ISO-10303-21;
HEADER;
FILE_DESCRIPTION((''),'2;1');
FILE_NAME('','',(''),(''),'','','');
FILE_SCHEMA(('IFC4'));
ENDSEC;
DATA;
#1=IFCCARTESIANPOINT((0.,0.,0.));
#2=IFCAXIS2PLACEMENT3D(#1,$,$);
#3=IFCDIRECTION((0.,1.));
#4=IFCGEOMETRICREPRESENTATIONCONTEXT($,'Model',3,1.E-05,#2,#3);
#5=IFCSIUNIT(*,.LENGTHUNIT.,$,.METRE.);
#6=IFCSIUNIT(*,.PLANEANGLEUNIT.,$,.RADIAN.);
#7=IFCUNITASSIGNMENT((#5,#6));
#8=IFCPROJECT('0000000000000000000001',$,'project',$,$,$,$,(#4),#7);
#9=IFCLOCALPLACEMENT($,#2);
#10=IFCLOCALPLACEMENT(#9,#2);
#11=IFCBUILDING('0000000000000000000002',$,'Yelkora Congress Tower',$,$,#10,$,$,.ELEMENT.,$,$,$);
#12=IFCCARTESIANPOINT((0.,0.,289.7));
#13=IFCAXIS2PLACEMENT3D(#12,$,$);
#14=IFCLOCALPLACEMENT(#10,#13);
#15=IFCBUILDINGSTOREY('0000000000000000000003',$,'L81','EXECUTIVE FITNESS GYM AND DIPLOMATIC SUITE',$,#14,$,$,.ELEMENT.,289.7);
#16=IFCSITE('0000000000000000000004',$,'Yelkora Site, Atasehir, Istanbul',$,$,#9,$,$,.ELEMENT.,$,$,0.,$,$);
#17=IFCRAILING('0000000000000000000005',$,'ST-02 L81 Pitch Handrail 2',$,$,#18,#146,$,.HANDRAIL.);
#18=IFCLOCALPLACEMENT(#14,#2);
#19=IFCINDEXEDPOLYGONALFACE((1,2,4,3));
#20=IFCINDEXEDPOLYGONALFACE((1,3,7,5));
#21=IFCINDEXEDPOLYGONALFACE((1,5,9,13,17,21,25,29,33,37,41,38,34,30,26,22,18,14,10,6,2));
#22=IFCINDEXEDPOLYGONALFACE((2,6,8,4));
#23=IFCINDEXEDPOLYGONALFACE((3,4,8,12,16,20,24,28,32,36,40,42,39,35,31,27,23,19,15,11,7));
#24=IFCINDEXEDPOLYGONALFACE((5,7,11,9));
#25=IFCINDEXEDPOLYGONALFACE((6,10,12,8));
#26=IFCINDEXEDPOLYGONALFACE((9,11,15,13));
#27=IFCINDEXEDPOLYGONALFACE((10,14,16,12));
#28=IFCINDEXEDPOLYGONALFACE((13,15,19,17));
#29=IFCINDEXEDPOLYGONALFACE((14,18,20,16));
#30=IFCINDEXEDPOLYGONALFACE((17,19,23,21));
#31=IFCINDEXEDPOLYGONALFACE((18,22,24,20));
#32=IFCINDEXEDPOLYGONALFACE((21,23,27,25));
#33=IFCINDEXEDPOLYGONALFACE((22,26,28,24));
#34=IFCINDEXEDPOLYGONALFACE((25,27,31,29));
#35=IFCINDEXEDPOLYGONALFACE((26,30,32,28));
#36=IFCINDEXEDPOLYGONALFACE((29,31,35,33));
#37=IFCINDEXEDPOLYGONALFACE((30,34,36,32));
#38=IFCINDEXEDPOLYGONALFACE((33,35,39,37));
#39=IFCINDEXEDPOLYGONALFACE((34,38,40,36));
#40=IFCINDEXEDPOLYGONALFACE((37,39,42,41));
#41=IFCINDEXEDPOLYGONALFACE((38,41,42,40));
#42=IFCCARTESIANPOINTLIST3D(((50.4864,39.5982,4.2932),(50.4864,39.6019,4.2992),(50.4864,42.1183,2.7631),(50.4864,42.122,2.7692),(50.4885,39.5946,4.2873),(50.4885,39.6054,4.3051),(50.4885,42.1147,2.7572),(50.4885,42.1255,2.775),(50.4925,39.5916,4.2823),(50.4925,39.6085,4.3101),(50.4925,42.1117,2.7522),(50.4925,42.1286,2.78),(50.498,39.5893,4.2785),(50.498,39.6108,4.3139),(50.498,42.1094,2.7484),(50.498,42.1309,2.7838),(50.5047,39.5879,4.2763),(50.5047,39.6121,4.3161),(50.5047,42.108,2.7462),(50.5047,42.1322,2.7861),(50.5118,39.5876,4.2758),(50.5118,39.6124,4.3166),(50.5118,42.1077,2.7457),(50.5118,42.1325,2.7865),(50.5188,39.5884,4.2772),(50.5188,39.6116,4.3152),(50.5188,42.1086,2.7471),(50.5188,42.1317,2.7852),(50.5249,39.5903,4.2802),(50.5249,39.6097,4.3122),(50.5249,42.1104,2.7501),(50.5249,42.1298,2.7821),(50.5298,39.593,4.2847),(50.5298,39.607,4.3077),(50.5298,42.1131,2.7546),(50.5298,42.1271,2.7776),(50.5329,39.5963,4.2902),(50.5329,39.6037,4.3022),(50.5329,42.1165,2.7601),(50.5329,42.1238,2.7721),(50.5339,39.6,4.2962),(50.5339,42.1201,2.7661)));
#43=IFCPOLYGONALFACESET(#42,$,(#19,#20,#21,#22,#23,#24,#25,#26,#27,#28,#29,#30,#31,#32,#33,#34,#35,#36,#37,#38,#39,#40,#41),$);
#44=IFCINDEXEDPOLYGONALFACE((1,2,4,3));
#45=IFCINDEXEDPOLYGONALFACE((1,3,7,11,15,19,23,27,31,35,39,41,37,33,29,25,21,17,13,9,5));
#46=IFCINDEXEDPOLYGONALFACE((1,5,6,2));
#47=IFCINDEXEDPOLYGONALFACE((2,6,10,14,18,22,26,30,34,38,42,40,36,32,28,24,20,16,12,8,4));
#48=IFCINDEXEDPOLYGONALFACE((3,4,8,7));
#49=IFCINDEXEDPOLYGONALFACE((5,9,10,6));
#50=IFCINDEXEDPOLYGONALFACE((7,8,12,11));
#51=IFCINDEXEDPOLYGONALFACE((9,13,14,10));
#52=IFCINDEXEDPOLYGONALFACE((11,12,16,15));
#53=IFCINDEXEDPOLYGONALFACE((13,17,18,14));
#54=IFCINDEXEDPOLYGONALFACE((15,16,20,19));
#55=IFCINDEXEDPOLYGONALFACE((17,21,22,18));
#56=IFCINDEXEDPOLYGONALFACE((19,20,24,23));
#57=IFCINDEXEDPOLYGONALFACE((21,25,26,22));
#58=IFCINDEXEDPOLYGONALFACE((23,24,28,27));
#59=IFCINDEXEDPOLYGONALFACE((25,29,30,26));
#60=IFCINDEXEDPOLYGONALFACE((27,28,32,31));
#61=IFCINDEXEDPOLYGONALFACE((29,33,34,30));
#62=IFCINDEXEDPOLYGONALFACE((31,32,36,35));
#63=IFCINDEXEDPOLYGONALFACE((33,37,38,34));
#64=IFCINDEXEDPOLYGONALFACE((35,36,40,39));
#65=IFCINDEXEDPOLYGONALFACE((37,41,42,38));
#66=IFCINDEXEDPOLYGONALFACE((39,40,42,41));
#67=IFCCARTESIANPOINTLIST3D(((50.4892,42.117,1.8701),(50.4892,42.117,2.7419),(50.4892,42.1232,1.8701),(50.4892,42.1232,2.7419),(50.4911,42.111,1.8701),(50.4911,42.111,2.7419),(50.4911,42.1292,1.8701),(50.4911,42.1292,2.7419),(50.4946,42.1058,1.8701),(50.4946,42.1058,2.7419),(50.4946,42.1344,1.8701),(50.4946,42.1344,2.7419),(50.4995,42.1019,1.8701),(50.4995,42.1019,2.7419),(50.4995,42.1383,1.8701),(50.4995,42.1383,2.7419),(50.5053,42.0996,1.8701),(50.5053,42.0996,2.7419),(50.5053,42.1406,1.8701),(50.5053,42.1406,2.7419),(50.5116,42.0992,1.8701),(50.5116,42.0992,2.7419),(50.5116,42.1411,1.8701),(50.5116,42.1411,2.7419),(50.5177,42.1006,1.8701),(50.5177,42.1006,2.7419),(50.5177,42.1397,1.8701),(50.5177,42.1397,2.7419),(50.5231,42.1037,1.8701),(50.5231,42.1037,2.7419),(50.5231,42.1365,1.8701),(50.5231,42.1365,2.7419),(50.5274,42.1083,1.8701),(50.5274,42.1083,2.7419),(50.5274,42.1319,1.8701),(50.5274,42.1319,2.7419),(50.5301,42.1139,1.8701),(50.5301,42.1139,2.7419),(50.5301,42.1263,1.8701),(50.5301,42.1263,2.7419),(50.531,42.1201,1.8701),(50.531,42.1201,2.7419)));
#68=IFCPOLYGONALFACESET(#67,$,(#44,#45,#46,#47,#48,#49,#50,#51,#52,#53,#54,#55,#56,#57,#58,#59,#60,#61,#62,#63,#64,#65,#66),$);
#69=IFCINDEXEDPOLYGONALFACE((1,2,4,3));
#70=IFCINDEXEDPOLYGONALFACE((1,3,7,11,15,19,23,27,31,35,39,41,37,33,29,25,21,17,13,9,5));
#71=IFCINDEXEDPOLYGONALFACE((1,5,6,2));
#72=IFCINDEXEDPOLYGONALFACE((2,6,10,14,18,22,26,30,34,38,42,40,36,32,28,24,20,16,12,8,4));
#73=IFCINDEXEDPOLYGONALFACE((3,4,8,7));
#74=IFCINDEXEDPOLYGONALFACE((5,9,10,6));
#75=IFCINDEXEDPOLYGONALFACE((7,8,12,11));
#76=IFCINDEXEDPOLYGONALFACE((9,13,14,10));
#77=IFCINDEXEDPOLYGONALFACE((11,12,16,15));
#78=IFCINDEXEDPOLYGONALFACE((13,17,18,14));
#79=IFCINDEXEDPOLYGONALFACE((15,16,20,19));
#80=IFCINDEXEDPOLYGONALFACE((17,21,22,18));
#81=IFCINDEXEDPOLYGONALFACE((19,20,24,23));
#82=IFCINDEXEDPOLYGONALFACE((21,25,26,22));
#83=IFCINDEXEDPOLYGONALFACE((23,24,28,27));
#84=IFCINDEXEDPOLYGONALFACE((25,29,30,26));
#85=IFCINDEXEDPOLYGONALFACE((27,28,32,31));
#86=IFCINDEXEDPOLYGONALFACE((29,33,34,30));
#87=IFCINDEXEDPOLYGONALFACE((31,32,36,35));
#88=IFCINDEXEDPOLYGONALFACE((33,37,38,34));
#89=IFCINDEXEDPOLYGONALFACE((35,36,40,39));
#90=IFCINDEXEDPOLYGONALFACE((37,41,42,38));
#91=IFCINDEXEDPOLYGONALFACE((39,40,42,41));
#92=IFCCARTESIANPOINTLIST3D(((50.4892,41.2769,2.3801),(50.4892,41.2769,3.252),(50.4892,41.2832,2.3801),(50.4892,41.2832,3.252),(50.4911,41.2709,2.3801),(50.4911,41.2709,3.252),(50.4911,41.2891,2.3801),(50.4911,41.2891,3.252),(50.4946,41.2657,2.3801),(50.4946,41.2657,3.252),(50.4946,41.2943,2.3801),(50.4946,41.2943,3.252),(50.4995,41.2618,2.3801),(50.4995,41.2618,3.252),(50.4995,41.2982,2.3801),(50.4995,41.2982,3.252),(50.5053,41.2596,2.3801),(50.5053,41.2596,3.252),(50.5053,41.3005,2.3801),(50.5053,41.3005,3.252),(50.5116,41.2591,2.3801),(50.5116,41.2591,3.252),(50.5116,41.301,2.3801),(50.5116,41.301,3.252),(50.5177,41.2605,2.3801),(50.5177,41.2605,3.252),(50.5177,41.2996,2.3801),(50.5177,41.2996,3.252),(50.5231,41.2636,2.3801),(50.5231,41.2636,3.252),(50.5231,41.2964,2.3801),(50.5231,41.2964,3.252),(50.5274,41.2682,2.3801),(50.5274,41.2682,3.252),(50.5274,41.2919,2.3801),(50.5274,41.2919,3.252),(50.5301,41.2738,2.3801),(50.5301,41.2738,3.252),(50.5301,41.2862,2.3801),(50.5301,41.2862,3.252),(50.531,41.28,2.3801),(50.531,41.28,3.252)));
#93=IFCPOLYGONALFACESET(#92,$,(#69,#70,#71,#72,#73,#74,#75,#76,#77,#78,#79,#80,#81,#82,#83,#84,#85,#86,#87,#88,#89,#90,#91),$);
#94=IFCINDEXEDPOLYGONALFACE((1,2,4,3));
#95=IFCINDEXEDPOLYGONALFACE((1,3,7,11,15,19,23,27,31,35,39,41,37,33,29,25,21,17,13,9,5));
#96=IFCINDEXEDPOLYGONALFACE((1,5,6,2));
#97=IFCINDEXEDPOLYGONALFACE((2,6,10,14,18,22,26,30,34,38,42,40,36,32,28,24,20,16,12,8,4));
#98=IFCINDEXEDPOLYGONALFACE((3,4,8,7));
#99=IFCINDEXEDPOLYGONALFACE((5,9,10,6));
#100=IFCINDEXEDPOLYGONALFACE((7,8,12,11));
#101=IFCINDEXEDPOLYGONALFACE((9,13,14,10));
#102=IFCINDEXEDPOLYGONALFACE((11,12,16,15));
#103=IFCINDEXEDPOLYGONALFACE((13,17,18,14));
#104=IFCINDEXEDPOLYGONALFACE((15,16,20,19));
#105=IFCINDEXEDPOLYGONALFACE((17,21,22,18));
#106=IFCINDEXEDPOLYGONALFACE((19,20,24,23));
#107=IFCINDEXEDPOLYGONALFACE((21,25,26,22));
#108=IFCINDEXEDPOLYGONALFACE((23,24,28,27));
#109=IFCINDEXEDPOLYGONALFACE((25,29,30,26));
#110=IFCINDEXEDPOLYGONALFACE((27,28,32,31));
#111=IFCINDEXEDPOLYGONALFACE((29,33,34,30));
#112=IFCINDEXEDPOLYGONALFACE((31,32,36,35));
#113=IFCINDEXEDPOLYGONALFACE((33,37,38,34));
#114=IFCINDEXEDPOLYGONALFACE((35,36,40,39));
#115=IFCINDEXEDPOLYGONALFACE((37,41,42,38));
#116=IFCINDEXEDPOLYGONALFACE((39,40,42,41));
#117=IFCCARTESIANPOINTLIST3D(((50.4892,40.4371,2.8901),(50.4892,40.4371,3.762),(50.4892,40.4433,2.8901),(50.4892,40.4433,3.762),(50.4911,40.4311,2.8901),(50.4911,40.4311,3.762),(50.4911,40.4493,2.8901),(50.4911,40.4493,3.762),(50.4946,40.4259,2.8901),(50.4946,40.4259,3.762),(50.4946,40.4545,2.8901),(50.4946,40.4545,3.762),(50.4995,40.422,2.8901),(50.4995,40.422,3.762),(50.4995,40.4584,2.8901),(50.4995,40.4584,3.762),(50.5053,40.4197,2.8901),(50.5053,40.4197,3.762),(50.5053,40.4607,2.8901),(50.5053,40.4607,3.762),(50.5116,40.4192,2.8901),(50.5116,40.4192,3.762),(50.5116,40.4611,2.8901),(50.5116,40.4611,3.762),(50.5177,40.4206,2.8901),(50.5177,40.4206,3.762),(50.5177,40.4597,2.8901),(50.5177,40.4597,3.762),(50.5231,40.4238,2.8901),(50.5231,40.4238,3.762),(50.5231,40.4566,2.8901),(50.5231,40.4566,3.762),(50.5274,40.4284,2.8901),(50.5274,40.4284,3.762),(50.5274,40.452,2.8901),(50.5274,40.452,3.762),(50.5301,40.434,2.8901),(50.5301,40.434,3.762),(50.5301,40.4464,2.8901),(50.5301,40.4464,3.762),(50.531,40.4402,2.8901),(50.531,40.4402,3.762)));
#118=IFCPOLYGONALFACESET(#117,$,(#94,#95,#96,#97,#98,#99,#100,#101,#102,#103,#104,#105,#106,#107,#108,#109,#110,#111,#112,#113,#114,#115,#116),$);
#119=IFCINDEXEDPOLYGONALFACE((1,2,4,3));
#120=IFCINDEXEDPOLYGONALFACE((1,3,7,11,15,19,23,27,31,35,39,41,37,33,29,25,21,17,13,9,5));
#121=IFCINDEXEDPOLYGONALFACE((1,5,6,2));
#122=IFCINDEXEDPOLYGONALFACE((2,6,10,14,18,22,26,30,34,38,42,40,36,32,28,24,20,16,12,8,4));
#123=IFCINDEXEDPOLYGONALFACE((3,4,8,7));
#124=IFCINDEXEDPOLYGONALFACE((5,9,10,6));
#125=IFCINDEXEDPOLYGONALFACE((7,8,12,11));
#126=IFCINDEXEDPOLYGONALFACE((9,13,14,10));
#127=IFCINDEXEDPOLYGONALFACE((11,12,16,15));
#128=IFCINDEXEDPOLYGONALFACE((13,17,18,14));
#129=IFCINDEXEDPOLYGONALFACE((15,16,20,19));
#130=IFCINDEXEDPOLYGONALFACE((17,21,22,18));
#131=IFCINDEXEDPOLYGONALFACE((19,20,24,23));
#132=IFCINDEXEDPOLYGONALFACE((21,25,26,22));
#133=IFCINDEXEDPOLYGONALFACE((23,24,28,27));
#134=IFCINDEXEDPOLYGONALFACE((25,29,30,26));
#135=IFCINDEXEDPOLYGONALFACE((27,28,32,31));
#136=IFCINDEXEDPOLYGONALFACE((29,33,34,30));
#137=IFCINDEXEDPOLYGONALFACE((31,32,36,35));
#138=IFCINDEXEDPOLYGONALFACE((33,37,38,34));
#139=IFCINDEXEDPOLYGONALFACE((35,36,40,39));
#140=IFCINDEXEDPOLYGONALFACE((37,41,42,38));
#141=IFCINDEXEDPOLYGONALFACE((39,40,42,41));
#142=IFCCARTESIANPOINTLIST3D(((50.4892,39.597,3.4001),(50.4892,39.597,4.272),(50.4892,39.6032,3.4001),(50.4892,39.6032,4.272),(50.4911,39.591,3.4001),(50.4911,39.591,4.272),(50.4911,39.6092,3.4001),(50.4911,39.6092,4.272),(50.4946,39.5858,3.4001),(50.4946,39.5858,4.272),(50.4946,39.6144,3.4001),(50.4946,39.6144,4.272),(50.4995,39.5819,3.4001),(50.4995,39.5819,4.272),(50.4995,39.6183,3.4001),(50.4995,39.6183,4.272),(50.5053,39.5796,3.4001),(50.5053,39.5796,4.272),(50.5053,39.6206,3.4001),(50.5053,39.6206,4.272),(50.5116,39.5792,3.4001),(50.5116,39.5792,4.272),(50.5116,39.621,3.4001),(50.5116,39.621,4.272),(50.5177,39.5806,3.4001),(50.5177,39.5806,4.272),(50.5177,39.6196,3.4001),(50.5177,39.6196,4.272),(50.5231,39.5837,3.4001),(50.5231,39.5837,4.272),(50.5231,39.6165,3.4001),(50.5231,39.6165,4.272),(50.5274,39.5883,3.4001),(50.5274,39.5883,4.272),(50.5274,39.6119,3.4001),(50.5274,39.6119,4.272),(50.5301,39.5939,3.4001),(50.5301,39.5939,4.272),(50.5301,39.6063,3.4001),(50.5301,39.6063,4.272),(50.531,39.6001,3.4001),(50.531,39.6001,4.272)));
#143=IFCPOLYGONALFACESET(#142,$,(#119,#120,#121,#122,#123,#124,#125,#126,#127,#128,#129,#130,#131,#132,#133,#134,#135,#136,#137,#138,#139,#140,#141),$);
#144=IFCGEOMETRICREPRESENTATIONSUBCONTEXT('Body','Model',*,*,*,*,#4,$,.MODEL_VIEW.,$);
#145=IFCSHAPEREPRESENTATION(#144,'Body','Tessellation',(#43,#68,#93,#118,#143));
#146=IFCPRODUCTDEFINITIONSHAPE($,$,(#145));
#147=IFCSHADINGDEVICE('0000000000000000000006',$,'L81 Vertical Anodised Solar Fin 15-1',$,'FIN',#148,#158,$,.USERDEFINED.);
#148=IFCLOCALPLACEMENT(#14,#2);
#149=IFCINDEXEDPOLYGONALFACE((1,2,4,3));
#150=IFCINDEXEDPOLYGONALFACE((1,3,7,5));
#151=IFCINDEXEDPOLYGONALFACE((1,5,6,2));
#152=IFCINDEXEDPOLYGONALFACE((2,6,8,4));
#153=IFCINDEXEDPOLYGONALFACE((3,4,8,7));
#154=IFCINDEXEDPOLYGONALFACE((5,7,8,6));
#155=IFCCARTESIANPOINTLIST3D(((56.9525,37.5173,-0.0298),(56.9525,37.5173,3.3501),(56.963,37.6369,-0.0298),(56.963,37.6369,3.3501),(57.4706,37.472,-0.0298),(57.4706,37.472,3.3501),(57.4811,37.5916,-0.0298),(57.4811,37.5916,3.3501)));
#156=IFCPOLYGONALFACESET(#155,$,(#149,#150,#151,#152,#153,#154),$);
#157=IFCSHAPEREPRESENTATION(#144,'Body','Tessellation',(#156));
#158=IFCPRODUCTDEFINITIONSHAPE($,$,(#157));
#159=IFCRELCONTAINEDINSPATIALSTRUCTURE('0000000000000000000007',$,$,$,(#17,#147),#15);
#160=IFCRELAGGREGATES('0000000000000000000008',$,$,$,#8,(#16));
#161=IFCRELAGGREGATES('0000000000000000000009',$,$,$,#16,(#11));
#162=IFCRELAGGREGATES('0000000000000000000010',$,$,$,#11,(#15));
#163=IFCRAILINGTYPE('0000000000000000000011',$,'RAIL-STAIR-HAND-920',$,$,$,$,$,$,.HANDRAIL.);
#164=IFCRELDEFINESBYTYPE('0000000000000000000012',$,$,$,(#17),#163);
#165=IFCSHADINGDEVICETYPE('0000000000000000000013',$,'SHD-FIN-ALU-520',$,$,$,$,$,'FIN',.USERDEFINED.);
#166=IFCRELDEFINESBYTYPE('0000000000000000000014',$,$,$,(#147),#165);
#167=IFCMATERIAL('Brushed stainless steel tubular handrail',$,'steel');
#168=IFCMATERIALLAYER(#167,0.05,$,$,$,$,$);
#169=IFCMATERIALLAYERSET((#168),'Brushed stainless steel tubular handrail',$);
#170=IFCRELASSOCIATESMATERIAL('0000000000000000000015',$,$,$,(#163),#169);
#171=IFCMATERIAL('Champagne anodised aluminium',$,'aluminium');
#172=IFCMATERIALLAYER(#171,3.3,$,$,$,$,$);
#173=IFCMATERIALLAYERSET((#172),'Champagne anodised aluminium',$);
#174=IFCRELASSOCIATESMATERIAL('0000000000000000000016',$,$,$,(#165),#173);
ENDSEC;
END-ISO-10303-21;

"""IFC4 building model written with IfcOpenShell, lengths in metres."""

from ifc_helpers import new_model, si_unit, direction, frame, origin, origin_2d, place, context, subcontext, project, spatial, rectangle, circle, extrude, material, layer, layer_set, type_object, element, save


model = new_model("IFC4")

# Units and contexts
model_context = context("Model", 3, precision=1e-05, world=origin(), true_north=direction((0.0, 1.0)))
body_context = subcontext(model_context, "Body", "Model", "MODEL_VIEW")
ifc_project = project(units=[si_unit("LENGTHUNIT", "METRE"), si_unit("PLANEANGLEUNIT", "RADIAN")], contexts=[model_context])

# Site, building, storey
site_placement = place(None, origin())
site = spatial("IfcSite", under=ifc_project, at=site_placement, Name="Yelkora Site, Atasehir, Istanbul", CompositionType="ELEMENT", RefElevation=0.0)
building_placement = place(site_placement, origin())
building = spatial("IfcBuilding", under=site, at=building_placement, Name="Yelkora Congress Tower", CompositionType="ELEMENT")
storey_placement = place(building_placement, frame((0.0, 0.0, 289.7)))
storey = spatial("IfcBuildingStorey", under=building, at=storey_placement, Name="L81", Description="EXECUTIVE FITNESS GYM AND DIPLOMATIC SUITE", CompositionType="ELEMENT", Elevation=289.7)

# Railing
ifc_material_1 = material(Name="Brushed stainless steel tubular handrail", Category="steel")
ifc_layer_1 = layer(ifc_material_1, 0.05)
ifc_layer_set_1 = layer_set([ifc_layer_1], Name="Brushed stainless steel tubular handrail")
railing_type_1 = type_object("IfcRailingType", Name="RAIL-STAIR-HAND-920", PredefinedType="HANDRAIL", material=ifc_layer_set_1)
railing_1_placement = place(storey_placement, frame((50.51, 42.1201, 1.8701)))
element("IfcRailing", 1, at=railing_1_placement, inside=storey, type_object=railing_type_1, Name="ST-02 L81 Pitch Handrail 2", PredefinedType="HANDRAIL", context=body_context, shape_type="SweptSolid", body=[
    extrude(circle(Radius=0.0239, at=origin_2d()), frame((0.0, 0.0, 0.896), z_axis=(0.0, -0.854785, 0.518982), x_axis=(1.0, 0.0, 0.0)), (0.0, 0.0, 1.0), 2.9482),
    extrude(circle(Radius=0.021, at=origin_2d()), origin(), (0.0, 0.0, 1.0), 0.8718),
    extrude(circle(Radius=0.021, at=origin_2d()), frame((0.0, -0.8401, 0.51)), (0.0, 0.0, 1.0), 0.8718),
    extrude(circle(Radius=0.021, at=origin_2d()), frame((0.0, -1.6799, 1.02)), (0.0, 0.0, 1.0), 0.8718),
    extrude(circle(Radius=0.021, at=origin_2d()), frame((0.0, -2.52, 1.53)), (0.0, 0.0, 1.0), 0.8718),
])

# Shading device
ifc_material_2 = material(Name="Champagne anodised aluminium", Category="aluminium")
ifc_layer_2 = layer(ifc_material_2, 3.3)
ifc_layer_set_2 = layer_set([ifc_layer_2], Name="Champagne anodised aluminium")
shading_device_type = type_object("IfcShadingDeviceType", Name="SHD-FIN-ALU-520", ElementType="FIN", PredefinedType="USERDEFINED", material=ifc_layer_set_2)
shading_device_placement = place(storey_placement, frame((57.2168, 37.5544, -0.0298), z_axis=(0.0, 0.0, 1.0), x_axis=(-0.087156, -0.996195, 0.0)))
element("IfcShadingDevice", 2, at=shading_device_placement, inside=storey, type_object=shading_device_type, Name="L81 Vertical Anodised Solar Fin 15-1", ObjectType="FIN", PredefinedType="USERDEFINED", context=body_context, shape_type="SweptSolid", body=[
    extrude(rectangle(XDim=0.1201, YDim=0.52, at=origin_2d()), origin(), (0.0, 0.0, 1.0), 3.3799),
])

save(model, "model.ifc")
